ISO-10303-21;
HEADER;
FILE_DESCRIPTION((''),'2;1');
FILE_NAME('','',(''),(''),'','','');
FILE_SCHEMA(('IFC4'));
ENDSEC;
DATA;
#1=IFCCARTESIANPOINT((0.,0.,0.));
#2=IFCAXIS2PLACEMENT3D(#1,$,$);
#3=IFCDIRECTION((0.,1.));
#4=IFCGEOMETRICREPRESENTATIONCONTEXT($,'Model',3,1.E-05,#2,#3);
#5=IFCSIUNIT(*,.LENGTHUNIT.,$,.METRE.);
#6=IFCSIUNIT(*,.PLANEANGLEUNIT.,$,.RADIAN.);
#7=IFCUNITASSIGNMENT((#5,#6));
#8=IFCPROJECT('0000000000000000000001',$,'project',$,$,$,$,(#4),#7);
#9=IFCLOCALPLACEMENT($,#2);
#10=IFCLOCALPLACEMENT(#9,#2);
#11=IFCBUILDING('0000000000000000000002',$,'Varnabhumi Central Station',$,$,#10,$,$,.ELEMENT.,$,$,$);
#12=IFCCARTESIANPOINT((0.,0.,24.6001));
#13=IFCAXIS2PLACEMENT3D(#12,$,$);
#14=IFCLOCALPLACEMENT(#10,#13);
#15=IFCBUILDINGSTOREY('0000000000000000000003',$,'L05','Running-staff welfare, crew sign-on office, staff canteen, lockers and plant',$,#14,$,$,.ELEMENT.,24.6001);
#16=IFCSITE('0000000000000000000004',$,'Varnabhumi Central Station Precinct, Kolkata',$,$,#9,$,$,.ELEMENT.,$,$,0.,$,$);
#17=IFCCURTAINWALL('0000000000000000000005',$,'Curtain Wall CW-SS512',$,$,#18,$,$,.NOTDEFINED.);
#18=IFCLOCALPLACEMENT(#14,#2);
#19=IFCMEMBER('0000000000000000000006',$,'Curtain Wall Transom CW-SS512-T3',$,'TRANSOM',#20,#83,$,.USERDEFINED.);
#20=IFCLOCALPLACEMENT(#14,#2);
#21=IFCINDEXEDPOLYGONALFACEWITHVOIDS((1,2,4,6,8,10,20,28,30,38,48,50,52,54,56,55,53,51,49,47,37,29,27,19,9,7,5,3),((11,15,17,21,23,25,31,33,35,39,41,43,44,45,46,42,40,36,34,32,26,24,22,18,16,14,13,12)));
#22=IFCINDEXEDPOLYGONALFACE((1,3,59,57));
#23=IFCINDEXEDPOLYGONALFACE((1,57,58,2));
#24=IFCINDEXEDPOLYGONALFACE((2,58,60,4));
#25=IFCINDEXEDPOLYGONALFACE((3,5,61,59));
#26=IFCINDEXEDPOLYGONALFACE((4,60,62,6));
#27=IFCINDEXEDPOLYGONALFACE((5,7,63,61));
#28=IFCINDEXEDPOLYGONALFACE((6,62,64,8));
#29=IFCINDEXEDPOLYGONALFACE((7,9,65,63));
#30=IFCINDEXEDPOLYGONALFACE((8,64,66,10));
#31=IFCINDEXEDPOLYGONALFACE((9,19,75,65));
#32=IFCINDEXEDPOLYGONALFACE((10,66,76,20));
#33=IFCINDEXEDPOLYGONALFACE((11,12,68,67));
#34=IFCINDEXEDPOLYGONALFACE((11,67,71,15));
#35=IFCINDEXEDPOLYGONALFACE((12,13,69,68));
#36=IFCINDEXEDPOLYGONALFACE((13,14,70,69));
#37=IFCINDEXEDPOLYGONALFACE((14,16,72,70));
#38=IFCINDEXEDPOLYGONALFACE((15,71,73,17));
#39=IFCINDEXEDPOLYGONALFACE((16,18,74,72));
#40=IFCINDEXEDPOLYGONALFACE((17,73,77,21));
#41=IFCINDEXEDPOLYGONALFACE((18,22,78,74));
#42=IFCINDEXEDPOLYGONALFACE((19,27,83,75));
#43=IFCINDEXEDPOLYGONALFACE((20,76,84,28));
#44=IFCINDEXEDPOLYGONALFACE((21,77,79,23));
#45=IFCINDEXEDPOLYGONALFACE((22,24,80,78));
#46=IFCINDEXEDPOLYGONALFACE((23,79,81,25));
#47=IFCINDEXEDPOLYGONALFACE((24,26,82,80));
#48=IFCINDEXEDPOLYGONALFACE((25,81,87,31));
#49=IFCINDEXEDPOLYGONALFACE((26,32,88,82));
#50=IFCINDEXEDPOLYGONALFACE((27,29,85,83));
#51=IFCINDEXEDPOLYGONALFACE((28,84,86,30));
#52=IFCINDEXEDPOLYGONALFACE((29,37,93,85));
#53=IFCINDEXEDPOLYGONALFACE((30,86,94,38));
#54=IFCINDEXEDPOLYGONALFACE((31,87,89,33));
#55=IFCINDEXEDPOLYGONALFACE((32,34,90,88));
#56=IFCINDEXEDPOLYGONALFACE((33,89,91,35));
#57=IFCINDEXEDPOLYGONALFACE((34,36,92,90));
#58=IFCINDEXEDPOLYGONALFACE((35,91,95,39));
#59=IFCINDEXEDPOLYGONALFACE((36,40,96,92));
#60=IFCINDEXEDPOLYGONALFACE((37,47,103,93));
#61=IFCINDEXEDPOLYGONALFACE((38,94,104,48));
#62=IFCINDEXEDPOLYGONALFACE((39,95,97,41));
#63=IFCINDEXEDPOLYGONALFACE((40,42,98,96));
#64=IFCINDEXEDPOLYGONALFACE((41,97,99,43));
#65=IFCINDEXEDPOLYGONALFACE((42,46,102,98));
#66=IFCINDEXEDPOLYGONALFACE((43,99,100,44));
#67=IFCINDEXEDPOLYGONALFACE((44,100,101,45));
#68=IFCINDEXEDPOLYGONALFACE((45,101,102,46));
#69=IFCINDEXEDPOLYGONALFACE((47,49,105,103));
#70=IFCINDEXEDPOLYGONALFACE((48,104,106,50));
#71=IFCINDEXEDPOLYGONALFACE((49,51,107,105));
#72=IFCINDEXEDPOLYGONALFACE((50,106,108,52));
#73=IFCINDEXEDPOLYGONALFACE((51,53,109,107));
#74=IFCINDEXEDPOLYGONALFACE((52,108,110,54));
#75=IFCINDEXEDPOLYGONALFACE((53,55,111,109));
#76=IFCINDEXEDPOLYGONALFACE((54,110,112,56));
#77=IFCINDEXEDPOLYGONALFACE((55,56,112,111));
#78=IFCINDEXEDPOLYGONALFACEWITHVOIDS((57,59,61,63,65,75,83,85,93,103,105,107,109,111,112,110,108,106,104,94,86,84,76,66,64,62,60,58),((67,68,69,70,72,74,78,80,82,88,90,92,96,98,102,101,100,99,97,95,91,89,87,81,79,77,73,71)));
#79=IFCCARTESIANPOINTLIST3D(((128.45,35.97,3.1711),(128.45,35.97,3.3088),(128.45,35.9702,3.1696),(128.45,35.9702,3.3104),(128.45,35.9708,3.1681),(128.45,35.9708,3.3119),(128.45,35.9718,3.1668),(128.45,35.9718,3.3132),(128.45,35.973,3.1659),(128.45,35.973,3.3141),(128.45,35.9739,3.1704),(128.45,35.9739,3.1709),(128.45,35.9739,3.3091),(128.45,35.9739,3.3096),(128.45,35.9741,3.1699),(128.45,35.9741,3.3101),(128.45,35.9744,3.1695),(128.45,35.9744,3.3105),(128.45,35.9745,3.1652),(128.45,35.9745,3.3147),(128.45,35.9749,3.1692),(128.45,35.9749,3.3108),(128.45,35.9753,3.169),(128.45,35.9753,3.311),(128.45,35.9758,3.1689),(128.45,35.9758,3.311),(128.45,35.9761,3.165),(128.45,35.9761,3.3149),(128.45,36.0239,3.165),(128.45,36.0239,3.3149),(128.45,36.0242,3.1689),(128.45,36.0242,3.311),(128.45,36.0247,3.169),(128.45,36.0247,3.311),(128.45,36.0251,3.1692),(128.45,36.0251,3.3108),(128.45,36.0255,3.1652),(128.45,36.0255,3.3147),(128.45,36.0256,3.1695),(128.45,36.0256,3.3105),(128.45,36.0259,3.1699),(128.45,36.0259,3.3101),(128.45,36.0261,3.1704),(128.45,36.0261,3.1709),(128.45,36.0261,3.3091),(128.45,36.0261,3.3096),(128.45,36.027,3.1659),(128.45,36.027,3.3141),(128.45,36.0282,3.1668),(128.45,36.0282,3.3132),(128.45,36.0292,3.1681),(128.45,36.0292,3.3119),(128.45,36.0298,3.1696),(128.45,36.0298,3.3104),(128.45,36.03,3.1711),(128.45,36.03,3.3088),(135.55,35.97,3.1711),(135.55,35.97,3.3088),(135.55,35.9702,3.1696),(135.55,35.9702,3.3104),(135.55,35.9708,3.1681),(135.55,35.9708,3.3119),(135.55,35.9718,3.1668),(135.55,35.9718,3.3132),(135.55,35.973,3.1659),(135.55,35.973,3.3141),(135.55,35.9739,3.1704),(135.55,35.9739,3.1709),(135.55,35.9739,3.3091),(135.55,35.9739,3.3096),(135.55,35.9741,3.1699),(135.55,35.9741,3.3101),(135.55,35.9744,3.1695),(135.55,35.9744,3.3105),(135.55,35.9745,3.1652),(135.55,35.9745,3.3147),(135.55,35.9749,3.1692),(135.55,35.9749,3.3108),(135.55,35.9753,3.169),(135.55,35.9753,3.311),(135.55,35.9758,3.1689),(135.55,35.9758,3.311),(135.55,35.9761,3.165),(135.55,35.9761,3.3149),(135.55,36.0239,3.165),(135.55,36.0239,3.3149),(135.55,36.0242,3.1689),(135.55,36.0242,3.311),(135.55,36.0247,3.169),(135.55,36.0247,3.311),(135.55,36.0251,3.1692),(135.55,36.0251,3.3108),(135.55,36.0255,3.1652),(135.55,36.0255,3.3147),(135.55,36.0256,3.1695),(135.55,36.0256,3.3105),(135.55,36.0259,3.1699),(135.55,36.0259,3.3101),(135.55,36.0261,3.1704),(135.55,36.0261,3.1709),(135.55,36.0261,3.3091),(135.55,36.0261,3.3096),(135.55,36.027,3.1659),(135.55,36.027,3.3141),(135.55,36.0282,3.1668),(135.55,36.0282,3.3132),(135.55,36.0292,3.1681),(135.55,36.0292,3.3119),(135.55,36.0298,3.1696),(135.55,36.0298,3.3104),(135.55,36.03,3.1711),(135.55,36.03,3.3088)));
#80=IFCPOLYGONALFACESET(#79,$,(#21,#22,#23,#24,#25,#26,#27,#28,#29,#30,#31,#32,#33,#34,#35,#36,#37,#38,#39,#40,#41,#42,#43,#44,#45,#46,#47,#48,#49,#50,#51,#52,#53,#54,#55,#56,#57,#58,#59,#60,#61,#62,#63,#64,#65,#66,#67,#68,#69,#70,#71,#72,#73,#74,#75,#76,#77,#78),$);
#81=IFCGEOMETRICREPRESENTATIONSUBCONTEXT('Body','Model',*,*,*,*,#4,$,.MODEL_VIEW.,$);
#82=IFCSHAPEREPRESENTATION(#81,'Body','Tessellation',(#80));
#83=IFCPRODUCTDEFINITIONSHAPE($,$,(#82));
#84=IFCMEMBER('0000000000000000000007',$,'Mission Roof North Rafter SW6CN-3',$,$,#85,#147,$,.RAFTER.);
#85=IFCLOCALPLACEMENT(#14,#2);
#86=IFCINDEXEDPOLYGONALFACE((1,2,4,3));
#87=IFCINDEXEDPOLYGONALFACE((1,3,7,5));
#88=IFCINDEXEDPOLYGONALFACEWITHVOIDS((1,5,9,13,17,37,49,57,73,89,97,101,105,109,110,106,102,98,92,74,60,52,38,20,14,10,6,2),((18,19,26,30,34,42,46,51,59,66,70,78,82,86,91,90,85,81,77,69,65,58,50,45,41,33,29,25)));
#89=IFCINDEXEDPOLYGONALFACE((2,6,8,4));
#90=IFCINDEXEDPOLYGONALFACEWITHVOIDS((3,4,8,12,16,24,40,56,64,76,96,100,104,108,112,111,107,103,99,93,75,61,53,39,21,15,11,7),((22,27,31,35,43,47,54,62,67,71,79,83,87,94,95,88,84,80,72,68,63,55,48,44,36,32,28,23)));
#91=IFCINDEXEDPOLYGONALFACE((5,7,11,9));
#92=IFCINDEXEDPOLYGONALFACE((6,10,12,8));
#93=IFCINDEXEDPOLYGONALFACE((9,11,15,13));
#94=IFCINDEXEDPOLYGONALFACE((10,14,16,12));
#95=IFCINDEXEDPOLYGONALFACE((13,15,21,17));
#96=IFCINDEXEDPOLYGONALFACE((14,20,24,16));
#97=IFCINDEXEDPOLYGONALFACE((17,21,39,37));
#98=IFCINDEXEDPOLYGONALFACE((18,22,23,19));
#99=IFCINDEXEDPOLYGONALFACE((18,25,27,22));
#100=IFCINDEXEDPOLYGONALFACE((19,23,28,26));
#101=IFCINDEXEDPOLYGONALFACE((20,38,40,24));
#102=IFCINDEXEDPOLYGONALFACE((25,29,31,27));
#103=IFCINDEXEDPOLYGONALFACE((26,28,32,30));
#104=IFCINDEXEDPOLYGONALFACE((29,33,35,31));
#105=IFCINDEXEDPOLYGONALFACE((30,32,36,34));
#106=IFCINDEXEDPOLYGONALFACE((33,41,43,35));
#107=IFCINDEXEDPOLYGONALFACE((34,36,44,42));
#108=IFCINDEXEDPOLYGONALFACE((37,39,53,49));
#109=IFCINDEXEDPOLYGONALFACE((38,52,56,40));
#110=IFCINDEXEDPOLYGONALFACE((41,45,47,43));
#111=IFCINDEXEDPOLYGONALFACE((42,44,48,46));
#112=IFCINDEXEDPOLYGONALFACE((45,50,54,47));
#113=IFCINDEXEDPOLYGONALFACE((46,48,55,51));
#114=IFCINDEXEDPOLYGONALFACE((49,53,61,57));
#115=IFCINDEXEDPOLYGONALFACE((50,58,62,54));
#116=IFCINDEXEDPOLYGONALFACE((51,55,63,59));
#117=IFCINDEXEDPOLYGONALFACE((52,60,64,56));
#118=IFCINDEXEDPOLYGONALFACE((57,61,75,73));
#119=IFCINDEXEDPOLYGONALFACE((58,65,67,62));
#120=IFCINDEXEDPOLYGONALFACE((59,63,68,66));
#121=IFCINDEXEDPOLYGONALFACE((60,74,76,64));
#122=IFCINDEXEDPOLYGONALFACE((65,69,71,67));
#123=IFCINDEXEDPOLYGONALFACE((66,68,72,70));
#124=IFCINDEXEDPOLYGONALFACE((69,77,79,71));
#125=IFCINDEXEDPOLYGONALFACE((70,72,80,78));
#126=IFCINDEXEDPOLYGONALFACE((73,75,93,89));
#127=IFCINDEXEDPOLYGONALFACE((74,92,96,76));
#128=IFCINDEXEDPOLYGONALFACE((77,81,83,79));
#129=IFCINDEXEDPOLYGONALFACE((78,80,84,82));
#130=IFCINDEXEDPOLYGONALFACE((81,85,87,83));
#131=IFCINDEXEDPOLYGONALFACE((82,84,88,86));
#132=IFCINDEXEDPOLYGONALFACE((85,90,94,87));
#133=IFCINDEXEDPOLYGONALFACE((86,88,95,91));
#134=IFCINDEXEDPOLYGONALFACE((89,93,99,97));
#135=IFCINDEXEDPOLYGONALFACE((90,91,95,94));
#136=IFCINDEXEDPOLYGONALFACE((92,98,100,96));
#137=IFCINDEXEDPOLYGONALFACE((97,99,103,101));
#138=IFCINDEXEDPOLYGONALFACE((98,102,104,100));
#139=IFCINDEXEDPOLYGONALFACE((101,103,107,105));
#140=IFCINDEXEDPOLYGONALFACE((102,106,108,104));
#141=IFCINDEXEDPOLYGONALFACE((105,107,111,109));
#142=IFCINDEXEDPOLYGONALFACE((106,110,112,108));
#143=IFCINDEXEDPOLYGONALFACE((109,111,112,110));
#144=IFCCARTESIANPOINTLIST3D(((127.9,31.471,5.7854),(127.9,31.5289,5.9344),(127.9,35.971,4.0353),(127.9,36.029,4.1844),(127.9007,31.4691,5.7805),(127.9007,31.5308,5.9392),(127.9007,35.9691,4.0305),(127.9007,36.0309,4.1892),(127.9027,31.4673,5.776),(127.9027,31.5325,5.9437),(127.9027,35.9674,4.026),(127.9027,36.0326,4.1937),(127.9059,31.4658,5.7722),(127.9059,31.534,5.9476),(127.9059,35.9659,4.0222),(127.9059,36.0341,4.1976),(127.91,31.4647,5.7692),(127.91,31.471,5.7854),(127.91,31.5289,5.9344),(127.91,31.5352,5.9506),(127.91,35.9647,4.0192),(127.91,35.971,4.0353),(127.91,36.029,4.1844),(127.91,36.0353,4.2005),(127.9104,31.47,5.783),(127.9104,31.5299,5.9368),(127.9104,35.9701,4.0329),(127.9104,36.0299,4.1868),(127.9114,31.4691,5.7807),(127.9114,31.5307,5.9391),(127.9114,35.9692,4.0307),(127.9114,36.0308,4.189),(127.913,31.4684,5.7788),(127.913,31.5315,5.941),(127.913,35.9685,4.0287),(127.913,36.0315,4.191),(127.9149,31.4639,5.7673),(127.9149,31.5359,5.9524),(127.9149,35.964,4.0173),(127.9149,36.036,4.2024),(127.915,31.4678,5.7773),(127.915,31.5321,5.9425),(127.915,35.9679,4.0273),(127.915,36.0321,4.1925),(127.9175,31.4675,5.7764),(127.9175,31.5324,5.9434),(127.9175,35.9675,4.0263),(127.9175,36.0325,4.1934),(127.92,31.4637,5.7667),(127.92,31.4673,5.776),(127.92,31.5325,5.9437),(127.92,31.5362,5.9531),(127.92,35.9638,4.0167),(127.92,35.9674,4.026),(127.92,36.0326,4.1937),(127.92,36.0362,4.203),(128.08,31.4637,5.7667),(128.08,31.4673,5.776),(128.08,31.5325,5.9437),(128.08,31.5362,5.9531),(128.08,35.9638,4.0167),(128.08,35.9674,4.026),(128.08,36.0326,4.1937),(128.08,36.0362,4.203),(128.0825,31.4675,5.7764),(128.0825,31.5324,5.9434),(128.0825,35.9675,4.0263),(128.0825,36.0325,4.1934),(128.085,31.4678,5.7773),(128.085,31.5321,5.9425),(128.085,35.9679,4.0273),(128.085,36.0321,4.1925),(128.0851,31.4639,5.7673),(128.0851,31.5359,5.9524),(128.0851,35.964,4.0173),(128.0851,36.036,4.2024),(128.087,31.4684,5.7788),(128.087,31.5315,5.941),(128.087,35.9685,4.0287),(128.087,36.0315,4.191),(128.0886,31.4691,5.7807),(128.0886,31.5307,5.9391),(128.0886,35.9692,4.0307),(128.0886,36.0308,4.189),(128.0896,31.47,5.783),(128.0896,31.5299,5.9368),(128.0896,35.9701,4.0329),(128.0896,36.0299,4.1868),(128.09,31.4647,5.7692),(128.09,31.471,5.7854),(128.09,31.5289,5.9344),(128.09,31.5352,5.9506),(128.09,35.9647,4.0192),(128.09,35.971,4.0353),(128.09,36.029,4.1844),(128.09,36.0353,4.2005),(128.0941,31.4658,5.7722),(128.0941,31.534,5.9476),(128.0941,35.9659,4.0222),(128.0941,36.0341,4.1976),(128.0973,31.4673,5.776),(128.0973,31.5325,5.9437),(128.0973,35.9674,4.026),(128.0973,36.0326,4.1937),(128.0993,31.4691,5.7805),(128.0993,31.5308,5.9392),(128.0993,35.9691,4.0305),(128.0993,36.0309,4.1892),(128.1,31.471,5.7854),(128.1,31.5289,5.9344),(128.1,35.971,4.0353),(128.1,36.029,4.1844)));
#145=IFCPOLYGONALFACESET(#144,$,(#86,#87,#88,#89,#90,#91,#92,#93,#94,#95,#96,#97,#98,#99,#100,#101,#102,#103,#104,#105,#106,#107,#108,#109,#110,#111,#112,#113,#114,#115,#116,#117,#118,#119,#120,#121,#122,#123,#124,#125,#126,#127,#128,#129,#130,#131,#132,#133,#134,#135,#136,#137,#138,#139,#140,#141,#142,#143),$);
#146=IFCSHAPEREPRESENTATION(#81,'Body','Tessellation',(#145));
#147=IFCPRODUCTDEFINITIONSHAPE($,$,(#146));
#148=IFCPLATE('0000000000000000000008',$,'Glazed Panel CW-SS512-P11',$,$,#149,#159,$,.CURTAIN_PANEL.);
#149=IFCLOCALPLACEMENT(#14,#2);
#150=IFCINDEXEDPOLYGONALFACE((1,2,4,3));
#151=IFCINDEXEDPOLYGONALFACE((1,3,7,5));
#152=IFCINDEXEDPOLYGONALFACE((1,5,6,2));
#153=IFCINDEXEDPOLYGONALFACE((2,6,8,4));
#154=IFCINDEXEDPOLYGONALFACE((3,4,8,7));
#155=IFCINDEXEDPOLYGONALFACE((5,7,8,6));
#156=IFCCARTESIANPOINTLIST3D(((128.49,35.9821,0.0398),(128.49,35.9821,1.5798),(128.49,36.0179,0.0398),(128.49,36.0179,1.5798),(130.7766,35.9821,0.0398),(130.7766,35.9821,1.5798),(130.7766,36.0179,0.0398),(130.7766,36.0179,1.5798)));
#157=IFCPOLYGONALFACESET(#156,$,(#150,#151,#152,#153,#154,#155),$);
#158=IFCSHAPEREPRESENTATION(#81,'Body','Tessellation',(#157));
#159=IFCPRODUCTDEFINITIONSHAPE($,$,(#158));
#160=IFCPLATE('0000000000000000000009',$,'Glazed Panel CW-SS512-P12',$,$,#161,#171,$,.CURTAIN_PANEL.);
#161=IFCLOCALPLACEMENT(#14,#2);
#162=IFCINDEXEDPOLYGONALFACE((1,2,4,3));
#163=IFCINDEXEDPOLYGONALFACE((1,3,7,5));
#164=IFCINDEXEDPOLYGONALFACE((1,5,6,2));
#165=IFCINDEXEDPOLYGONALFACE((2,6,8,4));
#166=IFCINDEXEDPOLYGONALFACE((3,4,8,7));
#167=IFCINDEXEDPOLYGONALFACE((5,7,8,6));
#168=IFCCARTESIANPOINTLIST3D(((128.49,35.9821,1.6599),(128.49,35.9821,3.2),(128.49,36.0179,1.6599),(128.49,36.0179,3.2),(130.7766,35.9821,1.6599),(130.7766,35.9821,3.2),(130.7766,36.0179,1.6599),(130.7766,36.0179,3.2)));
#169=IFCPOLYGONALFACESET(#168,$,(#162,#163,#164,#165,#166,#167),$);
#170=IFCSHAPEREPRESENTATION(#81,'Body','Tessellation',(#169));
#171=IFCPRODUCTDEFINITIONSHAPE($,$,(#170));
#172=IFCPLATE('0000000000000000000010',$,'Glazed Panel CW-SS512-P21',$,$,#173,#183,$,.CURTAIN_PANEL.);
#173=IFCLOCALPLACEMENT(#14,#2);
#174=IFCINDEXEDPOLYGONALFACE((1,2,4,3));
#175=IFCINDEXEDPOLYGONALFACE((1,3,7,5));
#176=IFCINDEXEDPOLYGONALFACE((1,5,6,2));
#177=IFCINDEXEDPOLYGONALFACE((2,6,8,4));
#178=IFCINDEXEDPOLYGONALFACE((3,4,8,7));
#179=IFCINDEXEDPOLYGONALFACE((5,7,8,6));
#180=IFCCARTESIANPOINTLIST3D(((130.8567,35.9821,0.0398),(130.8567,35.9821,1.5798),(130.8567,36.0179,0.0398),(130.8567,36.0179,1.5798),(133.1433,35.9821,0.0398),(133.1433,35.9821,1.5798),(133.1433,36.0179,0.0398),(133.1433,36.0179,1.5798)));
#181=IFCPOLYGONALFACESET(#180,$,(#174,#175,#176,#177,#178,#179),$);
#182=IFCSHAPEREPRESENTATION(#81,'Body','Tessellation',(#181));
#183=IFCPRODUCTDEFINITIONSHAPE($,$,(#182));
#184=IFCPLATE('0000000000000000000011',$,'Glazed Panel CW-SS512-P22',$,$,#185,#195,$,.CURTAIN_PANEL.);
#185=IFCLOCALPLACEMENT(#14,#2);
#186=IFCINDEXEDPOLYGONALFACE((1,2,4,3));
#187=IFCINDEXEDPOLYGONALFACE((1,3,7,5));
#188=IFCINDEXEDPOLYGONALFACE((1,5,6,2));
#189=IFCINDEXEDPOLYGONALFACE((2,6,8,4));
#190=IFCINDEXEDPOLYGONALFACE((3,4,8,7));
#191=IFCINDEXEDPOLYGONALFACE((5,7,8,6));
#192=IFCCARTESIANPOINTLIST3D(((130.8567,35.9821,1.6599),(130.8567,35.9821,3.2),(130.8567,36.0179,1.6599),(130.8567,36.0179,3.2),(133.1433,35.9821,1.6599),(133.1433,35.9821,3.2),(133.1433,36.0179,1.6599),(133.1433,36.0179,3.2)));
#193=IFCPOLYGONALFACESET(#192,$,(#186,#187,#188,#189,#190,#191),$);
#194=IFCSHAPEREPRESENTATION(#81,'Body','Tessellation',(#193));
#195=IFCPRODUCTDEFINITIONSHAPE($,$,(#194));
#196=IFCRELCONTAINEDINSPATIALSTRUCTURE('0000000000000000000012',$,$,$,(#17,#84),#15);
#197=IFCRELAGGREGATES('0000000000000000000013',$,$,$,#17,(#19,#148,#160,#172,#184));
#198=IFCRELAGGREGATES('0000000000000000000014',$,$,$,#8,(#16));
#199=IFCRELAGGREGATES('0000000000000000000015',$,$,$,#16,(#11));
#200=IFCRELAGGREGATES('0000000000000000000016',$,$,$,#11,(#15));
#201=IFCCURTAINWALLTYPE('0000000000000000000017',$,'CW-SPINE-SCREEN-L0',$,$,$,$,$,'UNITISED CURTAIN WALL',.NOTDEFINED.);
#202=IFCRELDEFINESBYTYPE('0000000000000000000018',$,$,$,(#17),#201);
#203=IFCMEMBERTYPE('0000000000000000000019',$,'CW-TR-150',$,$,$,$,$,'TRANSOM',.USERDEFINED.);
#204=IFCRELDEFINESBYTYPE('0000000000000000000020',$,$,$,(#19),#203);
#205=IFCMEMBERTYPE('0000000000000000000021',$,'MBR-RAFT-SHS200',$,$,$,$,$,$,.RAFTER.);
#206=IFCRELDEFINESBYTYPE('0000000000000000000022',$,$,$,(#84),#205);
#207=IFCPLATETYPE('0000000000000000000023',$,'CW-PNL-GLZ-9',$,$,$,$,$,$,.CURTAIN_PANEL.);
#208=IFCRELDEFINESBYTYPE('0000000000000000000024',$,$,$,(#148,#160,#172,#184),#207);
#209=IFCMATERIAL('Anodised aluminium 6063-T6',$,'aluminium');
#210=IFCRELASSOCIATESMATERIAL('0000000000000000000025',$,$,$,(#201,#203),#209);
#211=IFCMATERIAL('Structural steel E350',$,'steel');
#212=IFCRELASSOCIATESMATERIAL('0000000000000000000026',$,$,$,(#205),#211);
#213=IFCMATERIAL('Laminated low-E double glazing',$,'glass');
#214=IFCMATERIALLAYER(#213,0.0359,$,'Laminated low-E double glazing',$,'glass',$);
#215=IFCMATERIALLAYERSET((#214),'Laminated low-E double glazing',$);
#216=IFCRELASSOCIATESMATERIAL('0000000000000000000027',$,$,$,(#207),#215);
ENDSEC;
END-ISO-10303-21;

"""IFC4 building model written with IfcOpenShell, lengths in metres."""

from ifc_helpers import new_model, si_unit, direction, frame, origin, origin_2d, place, context, subcontext, project, spatial, rectangle, hollow_rectangle, extrude, material, layer, layer_set, material_profile, profile_set, type_object, element, aggregate, save


model = new_model("IFC4")

# Units and contexts
model_context = context("Model", 3, precision=1e-05, world=origin(), true_north=direction((0.0, 1.0)))
body_context = subcontext(model_context, "Body", "Model", "MODEL_VIEW")
ifc_project = project(units=[si_unit("LENGTHUNIT", "METRE"), si_unit("PLANEANGLEUNIT", "RADIAN")], contexts=[model_context])

# Site, building, storey
site_placement = place(None, origin())
site = spatial("IfcSite", under=ifc_project, at=site_placement, Name="Varnabhumi Central Station Precinct, Kolkata", CompositionType="ELEMENT", RefElevation=0.0)
building_placement = place(site_placement, origin())
building = spatial("IfcBuilding", under=site, at=building_placement, Name="Varnabhumi Central Station", CompositionType="ELEMENT")
storey_placement = place(building_placement, frame((0.0, 0.0, 24.6001)))
storey = spatial("IfcBuildingStorey", under=building, at=storey_placement, Name="L05", Description="Running-staff welfare, crew sign-on office, staff canteen, lockers and plant", CompositionType="ELEMENT", Elevation=24.6001)

# Curtain wall, member
ifc_material_1 = material(Name="Anodised aluminium 6063-T6", Category="aluminium")
curtain_wall_type = type_object("IfcCurtainWallType", Name="CW-SPINE-SCREEN-L0", ElementType="UNITISED CURTAIN WALL", PredefinedType="NOTDEFINED", material=ifc_material_1)
curtain_wall_placement = place(storey_placement, origin())
curtain_wall = element("IfcCurtainWall", 1, at=curtain_wall_placement, inside=storey, type_object=curtain_wall_type, Name="Curtain Wall CW-SS512", PredefinedType="NOTDEFINED")
ifc_material_profile_1 = material_profile(ifc_material_1, hollow_rectangle(XDim=0.0601, YDim=0.1499, WallThickness=0.0039, InnerFilletRadius=0.002, OuterFilletRadius=0.0061, at=origin_2d()), Name="Anodised aluminium 6063-T6", Category="aluminium")
ifc_profile_set_1 = profile_set([ifc_material_profile_1], Name="Anodised aluminium 6063-T6")
member_type_1 = type_object("IfcMemberType", Name="CW-TR-150", ElementType="TRANSOM", PredefinedType="USERDEFINED", material=ifc_profile_set_1)
member_1_placement = place(storey_placement, frame((128.45, 36.0, 3.24), z_axis=(1.0, 0.0, 0.0), x_axis=(0.0, 1.0, 0.0)))
member_1 = element("IfcMember", 2, at=member_1_placement, type_object=member_type_1, Name="Curtain Wall Transom CW-SS512-T3", ObjectType="TRANSOM", PredefinedType="USERDEFINED", context=body_context, shape_type="SweptSolid", body=[
    extrude(hollow_rectangle(XDim=0.0601, YDim=0.1499, WallThickness=0.0039, InnerFilletRadius=0.002, OuterFilletRadius=0.0061, at=origin_2d()), origin(), (0.0, 0.0, 1.0), 7.1001),
])

# Member
ifc_material_2 = material(Name="Structural steel E350", Category="steel")
ifc_material_profile_2 = material_profile(ifc_material_2, hollow_rectangle(XDim=0.2, YDim=0.2, WallThickness=0.01, InnerFilletRadius=0.01, OuterFilletRadius=0.02, at=origin_2d()), Name="Structural steel E350", Category="steel")
ifc_profile_set_2 = profile_set([ifc_material_profile_2], Name="Structural steel E350")
member_type_2 = type_object("IfcMemberType", Name="MBR-RAFT-SHS200", PredefinedType="RAFTER", material=ifc_profile_set_2)
member_2_placement = place(storey_placement, frame((128.0, 36.0, 4.1099), z_axis=(0.0, -0.932005, 0.362446), x_axis=(1.0, 0.0, 0.0)))
element("IfcMember", 3, at=member_2_placement, inside=storey, type_object=member_type_2, Name="Mission Roof North Rafter SW6CN-3", PredefinedType="RAFTER", context=body_context, shape_type="SweptSolid", body=[
    extrude(hollow_rectangle(XDim=0.2, YDim=0.2, WallThickness=0.01, InnerFilletRadius=0.01, OuterFilletRadius=0.02, at=origin_2d()), origin(), (0.0, 0.0, 1.0), 4.8284),
])

# Plates
ifc_material_3 = material(Name="Laminated low-E double glazing", Category="glass")
ifc_layer_1 = layer(ifc_material_3, 0.0359, Name="Laminated low-E double glazing", Category="glass")
ifc_layer_set_1 = layer_set([ifc_layer_1], Name="Laminated low-E double glazing")
plate_type = type_object("IfcPlateType", Name="CW-PNL-GLZ-9", PredefinedType="CURTAIN_PANEL", material=ifc_layer_set_1)
plate_1_placement = place(storey_placement, frame((129.6333, 36.0, 0.0398), z_axis=(0.0, 0.0, 1.0), x_axis=(1.0, 0.0, 0.0)))
plate_1 = element("IfcPlate", 4, at=plate_1_placement, type_object=plate_type, Name="Glazed Panel CW-SS512-P11", PredefinedType="CURTAIN_PANEL", context=body_context, shape_type="SweptSolid", body=[
    extrude(rectangle(XDim=2.2866, YDim=0.0359, at=origin_2d()), origin(), (0.0, 0.0, 1.0), 1.54),
])
plate_2_placement = place(storey_placement, frame((129.6333, 36.0, 1.6599), z_axis=(0.0, 0.0, 1.0), x_axis=(1.0, 0.0, 0.0)))
plate_2 = element("IfcPlate", 5, at=plate_2_placement, type_object=plate_type, Name="Glazed Panel CW-SS512-P12", PredefinedType="CURTAIN_PANEL", context=body_context, shape_type="SweptSolid", body=[
    extrude(rectangle(XDim=2.2866, YDim=0.0359, at=origin_2d()), origin(), (0.0, 0.0, 1.0), 1.54),
])
plate_3_placement = place(storey_placement, frame((132.0, 36.0, 0.0398), z_axis=(0.0, 0.0, 1.0), x_axis=(1.0, 0.0, 0.0)))
plate_3 = element("IfcPlate", 6, at=plate_3_placement, type_object=plate_type, Name="Glazed Panel CW-SS512-P21", PredefinedType="CURTAIN_PANEL", context=body_context, shape_type="SweptSolid", body=[
    extrude(rectangle(XDim=2.2866, YDim=0.0359, at=origin_2d()), origin(), (0.0, 0.0, 1.0), 1.54),
])
plate_4_placement = place(storey_placement, frame((132.0, 36.0, 1.6599), z_axis=(0.0, 0.0, 1.0), x_axis=(1.0, 0.0, 0.0)))
plate_4 = element("IfcPlate", 7, at=plate_4_placement, type_object=plate_type, Name="Glazed Panel CW-SS512-P22", PredefinedType="CURTAIN_PANEL", context=body_context, shape_type="SweptSolid", body=[
    extrude(rectangle(XDim=2.2866, YDim=0.0359, at=origin_2d()), origin(), (0.0, 0.0, 1.0), 1.54),
])
aggregate(curtain_wall, [member_1, plate_1, plate_2, plate_3, plate_4])

save(model, "model.ifc")
